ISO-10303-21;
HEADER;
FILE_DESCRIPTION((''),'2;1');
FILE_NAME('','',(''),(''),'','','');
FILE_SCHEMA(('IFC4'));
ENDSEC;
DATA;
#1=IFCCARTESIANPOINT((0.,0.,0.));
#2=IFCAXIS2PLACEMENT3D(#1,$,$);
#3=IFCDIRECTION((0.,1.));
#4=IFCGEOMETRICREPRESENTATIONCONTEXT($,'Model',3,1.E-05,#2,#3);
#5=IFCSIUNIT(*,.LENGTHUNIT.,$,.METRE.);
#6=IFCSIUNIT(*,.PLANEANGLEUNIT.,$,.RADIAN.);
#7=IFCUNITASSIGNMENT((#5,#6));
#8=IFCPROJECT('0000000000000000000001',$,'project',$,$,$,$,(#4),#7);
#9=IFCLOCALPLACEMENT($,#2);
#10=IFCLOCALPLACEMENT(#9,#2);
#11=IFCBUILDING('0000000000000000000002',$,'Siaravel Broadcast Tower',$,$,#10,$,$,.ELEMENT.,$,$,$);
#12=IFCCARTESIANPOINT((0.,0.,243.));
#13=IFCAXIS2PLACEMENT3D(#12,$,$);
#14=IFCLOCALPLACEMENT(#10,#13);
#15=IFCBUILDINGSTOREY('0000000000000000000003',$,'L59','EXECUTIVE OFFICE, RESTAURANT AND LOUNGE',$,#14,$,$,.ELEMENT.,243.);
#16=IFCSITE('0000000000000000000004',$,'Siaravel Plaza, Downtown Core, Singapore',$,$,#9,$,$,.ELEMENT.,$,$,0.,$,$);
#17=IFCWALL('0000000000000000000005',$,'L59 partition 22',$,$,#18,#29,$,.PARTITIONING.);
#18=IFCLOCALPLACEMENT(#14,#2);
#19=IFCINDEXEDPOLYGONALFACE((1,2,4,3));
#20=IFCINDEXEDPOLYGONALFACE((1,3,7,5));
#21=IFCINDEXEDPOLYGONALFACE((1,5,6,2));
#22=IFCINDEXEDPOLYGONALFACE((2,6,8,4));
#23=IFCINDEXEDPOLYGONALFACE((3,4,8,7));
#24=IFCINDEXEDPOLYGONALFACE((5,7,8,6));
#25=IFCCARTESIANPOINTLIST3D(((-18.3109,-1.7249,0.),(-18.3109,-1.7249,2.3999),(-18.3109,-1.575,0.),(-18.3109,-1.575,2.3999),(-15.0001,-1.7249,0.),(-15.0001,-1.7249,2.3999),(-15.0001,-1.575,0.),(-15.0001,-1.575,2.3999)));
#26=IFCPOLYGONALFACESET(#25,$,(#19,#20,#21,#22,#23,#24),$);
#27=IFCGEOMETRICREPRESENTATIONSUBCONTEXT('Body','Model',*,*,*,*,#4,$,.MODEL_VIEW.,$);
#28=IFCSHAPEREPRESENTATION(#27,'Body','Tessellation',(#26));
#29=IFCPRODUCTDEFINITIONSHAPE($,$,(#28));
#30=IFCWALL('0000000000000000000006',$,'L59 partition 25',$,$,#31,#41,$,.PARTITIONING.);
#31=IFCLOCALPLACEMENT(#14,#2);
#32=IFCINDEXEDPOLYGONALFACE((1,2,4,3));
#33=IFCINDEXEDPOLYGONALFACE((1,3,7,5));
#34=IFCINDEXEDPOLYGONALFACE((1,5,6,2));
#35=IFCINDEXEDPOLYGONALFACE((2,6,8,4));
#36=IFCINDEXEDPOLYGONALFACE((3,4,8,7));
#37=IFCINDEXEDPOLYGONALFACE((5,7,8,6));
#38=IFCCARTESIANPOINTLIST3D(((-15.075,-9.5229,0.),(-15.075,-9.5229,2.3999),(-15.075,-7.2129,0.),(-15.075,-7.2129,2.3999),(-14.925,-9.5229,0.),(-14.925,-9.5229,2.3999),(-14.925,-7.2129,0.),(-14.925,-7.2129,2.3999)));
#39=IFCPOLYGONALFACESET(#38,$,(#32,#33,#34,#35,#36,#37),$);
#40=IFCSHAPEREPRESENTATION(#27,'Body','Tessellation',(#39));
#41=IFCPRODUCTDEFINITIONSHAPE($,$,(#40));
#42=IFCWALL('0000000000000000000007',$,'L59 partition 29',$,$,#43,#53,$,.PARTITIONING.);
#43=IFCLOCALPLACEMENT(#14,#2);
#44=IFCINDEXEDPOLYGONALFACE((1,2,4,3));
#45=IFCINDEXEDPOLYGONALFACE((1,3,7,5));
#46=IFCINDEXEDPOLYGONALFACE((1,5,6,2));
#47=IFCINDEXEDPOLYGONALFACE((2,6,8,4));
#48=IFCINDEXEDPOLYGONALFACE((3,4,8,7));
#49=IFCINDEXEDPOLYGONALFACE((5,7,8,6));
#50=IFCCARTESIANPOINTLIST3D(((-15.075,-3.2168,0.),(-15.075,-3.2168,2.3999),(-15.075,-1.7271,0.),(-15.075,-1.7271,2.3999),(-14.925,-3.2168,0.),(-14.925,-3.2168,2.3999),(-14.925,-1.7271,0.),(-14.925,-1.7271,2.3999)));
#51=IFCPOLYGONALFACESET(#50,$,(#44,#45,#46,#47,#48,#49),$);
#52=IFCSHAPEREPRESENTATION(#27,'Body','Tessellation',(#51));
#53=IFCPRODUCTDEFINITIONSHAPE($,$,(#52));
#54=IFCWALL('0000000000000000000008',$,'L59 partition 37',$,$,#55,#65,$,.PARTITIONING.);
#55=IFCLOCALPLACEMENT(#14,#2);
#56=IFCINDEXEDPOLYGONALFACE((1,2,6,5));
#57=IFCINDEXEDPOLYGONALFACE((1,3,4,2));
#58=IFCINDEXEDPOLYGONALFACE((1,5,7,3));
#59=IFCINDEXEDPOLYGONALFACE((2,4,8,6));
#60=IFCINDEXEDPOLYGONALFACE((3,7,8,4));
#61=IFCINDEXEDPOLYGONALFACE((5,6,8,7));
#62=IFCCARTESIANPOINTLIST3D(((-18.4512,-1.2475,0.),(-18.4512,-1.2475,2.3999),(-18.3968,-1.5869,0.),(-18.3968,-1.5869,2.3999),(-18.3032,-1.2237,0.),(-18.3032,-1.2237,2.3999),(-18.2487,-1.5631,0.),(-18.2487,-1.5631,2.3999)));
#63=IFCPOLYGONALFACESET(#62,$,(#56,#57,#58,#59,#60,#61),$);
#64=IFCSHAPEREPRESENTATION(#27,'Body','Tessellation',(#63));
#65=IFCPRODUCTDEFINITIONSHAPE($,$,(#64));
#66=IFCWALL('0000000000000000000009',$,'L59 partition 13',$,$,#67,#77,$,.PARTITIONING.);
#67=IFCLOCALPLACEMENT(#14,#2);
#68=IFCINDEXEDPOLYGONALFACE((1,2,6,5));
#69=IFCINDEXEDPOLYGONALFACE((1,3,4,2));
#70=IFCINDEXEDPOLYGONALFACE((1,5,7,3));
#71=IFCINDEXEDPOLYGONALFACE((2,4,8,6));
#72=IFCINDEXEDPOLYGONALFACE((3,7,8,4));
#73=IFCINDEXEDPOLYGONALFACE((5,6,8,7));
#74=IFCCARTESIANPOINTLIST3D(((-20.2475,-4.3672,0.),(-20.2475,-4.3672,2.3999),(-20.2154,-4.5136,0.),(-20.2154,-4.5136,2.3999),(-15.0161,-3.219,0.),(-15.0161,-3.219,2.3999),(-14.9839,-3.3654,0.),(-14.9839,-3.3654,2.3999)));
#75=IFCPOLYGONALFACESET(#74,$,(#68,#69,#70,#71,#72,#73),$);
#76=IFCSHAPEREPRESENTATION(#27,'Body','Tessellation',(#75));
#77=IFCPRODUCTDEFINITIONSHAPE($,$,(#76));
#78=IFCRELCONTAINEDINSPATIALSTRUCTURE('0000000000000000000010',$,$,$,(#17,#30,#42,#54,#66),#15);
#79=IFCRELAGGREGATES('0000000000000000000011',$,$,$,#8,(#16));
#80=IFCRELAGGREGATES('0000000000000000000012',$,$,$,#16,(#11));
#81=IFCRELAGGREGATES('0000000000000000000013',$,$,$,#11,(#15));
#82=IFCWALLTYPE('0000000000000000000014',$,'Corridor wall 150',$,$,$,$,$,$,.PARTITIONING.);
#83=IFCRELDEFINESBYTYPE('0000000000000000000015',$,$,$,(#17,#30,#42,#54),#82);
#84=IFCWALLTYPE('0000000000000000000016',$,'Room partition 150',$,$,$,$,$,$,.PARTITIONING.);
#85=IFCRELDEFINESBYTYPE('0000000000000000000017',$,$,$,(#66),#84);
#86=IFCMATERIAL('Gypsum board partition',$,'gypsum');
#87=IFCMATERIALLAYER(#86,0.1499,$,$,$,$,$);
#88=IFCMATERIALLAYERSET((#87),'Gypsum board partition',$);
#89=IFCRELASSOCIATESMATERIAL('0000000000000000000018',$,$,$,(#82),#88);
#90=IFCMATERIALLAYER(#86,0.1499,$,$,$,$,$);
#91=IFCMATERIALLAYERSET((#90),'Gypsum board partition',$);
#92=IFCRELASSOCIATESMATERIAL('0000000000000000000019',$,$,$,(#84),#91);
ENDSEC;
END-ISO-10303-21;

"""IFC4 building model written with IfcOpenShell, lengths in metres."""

from ifc_helpers import new_model, si_unit, direction, frame, frame_2d, origin, place, context, subcontext, project, spatial, rectangle, extrude, material, layer, layer_set, type_object, element, save


model = new_model("IFC4")

# Units and contexts
model_context = context("Model", 3, precision=1e-05, world=origin(), true_north=direction((0.0, 1.0)))
body_context = subcontext(model_context, "Body", "Model", "MODEL_VIEW")
ifc_project = project(units=[si_unit("LENGTHUNIT", "METRE"), si_unit("PLANEANGLEUNIT", "RADIAN")], contexts=[model_context])

# Site, building, storey
site_placement = place(None, origin())
site = spatial("IfcSite", under=ifc_project, at=site_placement, Name="Siaravel Plaza, Downtown Core, Singapore", CompositionType="ELEMENT", RefElevation=0.0)
building_placement = place(site_placement, origin())
building = spatial("IfcBuilding", under=site, at=building_placement, Name="Siaravel Broadcast Tower", CompositionType="ELEMENT")
storey_placement = place(building_placement, frame((0.0, 0.0, 243.0)))
storey = spatial("IfcBuildingStorey", under=building, at=storey_placement, Name="L59", Description="EXECUTIVE OFFICE, RESTAURANT AND LOUNGE", CompositionType="ELEMENT", Elevation=243.0)

# Shared definitions
ifc_material_1 = material(Name="Gypsum board partition", Category="gypsum")
ifc_layer_1 = layer(ifc_material_1, 0.1499)
ifc_layer_set_1 = layer_set([ifc_layer_1], Name="Gypsum board partition")
wall_type_1 = type_object("IfcWallType", Name="Corridor wall 150", PredefinedType="PARTITIONING", material=ifc_layer_set_1)

# Walls
wall_1_placement = place(storey_placement, frame((-18.3108, -1.6499, 0.0), z_axis=(0.0, 0.0, 1.0), x_axis=(1.0, 0.0, 0.0)))
element("IfcWall", 1, at=wall_1_placement, inside=storey, type_object=wall_type_1, Name="L59 partition 22", PredefinedType="PARTITIONING", context=body_context, shape_type="SweptSolid", body=[
    extrude(rectangle(XDim=3.3108, YDim=0.1499, at=frame_2d((1.6553, 0.0))), origin(), (0.0, 0.0, 1.0), 2.3999),
])
wall_2_placement = place(storey_placement, frame((-15.0, -7.2129, 0.0), z_axis=(0.0, 0.0, 1.0), x_axis=(0.0, -1.0, 0.0)))
element("IfcWall", 2, at=wall_2_placement, inside=storey, type_object=wall_type_1, Name="L59 partition 25", PredefinedType="PARTITIONING", context=body_context, shape_type="SweptSolid", body=[
    extrude(rectangle(XDim=2.3101, YDim=0.1499, at=frame_2d((1.155, 0.0))), origin(), (0.0, 0.0, 1.0), 2.3999),
])
wall_3_placement = place(storey_placement, frame((-15.0, -1.7271, 0.0), z_axis=(0.0, 0.0, 1.0), x_axis=(0.0, -1.0, 0.0)))
element("IfcWall", 3, at=wall_3_placement, inside=storey, type_object=wall_type_1, Name="L59 partition 29", PredefinedType="PARTITIONING", context=body_context, shape_type="SweptSolid", body=[
    extrude(rectangle(XDim=1.4897, YDim=0.1499, at=frame_2d((0.7449, 0.0))), origin(), (0.0, 0.0, 1.0), 2.3999),
])
wall_4_placement = place(storey_placement, frame((-18.3772, -1.2356, 0.0), z_axis=(0.0, 0.0, 1.0), x_axis=(0.158406, -0.987374, 0.0)))
element("IfcWall", 4, at=wall_4_placement, inside=storey, type_object=wall_type_1, Name="L59 partition 37", PredefinedType="PARTITIONING", context=body_context, shape_type="SweptSolid", body=[
    extrude(rectangle(XDim=0.3438, YDim=0.1499, at=frame_2d((0.1719, 0.0))), origin(), (0.0, 0.0, 1.0), 2.3999),
])
ifc_layer_2 = layer(ifc_material_1, 0.1499)
ifc_layer_set_2 = layer_set([ifc_layer_2], Name="Gypsum board partition")
wall_type_2 = type_object("IfcWallType", Name="Room partition 150", PredefinedType="PARTITIONING", material=ifc_layer_set_2)
wall_5_placement = place(storey_placement, frame((-20.2314, -4.4404, 0.0), z_axis=(0.0, 0.0, 1.0), x_axis=(0.976751, 0.214377, 0.0)))
element("IfcWall", 5, at=wall_5_placement, inside=storey, type_object=wall_type_2, Name="L59 partition 13", PredefinedType="PARTITIONING", context=body_context, shape_type="SweptSolid", body=[
    extrude(rectangle(XDim=5.356, YDim=0.1499, at=frame_2d((2.678, 0.0))), origin(), (0.0, 0.0, 1.0), 2.3999),
])

save(model, "model.ifc")
